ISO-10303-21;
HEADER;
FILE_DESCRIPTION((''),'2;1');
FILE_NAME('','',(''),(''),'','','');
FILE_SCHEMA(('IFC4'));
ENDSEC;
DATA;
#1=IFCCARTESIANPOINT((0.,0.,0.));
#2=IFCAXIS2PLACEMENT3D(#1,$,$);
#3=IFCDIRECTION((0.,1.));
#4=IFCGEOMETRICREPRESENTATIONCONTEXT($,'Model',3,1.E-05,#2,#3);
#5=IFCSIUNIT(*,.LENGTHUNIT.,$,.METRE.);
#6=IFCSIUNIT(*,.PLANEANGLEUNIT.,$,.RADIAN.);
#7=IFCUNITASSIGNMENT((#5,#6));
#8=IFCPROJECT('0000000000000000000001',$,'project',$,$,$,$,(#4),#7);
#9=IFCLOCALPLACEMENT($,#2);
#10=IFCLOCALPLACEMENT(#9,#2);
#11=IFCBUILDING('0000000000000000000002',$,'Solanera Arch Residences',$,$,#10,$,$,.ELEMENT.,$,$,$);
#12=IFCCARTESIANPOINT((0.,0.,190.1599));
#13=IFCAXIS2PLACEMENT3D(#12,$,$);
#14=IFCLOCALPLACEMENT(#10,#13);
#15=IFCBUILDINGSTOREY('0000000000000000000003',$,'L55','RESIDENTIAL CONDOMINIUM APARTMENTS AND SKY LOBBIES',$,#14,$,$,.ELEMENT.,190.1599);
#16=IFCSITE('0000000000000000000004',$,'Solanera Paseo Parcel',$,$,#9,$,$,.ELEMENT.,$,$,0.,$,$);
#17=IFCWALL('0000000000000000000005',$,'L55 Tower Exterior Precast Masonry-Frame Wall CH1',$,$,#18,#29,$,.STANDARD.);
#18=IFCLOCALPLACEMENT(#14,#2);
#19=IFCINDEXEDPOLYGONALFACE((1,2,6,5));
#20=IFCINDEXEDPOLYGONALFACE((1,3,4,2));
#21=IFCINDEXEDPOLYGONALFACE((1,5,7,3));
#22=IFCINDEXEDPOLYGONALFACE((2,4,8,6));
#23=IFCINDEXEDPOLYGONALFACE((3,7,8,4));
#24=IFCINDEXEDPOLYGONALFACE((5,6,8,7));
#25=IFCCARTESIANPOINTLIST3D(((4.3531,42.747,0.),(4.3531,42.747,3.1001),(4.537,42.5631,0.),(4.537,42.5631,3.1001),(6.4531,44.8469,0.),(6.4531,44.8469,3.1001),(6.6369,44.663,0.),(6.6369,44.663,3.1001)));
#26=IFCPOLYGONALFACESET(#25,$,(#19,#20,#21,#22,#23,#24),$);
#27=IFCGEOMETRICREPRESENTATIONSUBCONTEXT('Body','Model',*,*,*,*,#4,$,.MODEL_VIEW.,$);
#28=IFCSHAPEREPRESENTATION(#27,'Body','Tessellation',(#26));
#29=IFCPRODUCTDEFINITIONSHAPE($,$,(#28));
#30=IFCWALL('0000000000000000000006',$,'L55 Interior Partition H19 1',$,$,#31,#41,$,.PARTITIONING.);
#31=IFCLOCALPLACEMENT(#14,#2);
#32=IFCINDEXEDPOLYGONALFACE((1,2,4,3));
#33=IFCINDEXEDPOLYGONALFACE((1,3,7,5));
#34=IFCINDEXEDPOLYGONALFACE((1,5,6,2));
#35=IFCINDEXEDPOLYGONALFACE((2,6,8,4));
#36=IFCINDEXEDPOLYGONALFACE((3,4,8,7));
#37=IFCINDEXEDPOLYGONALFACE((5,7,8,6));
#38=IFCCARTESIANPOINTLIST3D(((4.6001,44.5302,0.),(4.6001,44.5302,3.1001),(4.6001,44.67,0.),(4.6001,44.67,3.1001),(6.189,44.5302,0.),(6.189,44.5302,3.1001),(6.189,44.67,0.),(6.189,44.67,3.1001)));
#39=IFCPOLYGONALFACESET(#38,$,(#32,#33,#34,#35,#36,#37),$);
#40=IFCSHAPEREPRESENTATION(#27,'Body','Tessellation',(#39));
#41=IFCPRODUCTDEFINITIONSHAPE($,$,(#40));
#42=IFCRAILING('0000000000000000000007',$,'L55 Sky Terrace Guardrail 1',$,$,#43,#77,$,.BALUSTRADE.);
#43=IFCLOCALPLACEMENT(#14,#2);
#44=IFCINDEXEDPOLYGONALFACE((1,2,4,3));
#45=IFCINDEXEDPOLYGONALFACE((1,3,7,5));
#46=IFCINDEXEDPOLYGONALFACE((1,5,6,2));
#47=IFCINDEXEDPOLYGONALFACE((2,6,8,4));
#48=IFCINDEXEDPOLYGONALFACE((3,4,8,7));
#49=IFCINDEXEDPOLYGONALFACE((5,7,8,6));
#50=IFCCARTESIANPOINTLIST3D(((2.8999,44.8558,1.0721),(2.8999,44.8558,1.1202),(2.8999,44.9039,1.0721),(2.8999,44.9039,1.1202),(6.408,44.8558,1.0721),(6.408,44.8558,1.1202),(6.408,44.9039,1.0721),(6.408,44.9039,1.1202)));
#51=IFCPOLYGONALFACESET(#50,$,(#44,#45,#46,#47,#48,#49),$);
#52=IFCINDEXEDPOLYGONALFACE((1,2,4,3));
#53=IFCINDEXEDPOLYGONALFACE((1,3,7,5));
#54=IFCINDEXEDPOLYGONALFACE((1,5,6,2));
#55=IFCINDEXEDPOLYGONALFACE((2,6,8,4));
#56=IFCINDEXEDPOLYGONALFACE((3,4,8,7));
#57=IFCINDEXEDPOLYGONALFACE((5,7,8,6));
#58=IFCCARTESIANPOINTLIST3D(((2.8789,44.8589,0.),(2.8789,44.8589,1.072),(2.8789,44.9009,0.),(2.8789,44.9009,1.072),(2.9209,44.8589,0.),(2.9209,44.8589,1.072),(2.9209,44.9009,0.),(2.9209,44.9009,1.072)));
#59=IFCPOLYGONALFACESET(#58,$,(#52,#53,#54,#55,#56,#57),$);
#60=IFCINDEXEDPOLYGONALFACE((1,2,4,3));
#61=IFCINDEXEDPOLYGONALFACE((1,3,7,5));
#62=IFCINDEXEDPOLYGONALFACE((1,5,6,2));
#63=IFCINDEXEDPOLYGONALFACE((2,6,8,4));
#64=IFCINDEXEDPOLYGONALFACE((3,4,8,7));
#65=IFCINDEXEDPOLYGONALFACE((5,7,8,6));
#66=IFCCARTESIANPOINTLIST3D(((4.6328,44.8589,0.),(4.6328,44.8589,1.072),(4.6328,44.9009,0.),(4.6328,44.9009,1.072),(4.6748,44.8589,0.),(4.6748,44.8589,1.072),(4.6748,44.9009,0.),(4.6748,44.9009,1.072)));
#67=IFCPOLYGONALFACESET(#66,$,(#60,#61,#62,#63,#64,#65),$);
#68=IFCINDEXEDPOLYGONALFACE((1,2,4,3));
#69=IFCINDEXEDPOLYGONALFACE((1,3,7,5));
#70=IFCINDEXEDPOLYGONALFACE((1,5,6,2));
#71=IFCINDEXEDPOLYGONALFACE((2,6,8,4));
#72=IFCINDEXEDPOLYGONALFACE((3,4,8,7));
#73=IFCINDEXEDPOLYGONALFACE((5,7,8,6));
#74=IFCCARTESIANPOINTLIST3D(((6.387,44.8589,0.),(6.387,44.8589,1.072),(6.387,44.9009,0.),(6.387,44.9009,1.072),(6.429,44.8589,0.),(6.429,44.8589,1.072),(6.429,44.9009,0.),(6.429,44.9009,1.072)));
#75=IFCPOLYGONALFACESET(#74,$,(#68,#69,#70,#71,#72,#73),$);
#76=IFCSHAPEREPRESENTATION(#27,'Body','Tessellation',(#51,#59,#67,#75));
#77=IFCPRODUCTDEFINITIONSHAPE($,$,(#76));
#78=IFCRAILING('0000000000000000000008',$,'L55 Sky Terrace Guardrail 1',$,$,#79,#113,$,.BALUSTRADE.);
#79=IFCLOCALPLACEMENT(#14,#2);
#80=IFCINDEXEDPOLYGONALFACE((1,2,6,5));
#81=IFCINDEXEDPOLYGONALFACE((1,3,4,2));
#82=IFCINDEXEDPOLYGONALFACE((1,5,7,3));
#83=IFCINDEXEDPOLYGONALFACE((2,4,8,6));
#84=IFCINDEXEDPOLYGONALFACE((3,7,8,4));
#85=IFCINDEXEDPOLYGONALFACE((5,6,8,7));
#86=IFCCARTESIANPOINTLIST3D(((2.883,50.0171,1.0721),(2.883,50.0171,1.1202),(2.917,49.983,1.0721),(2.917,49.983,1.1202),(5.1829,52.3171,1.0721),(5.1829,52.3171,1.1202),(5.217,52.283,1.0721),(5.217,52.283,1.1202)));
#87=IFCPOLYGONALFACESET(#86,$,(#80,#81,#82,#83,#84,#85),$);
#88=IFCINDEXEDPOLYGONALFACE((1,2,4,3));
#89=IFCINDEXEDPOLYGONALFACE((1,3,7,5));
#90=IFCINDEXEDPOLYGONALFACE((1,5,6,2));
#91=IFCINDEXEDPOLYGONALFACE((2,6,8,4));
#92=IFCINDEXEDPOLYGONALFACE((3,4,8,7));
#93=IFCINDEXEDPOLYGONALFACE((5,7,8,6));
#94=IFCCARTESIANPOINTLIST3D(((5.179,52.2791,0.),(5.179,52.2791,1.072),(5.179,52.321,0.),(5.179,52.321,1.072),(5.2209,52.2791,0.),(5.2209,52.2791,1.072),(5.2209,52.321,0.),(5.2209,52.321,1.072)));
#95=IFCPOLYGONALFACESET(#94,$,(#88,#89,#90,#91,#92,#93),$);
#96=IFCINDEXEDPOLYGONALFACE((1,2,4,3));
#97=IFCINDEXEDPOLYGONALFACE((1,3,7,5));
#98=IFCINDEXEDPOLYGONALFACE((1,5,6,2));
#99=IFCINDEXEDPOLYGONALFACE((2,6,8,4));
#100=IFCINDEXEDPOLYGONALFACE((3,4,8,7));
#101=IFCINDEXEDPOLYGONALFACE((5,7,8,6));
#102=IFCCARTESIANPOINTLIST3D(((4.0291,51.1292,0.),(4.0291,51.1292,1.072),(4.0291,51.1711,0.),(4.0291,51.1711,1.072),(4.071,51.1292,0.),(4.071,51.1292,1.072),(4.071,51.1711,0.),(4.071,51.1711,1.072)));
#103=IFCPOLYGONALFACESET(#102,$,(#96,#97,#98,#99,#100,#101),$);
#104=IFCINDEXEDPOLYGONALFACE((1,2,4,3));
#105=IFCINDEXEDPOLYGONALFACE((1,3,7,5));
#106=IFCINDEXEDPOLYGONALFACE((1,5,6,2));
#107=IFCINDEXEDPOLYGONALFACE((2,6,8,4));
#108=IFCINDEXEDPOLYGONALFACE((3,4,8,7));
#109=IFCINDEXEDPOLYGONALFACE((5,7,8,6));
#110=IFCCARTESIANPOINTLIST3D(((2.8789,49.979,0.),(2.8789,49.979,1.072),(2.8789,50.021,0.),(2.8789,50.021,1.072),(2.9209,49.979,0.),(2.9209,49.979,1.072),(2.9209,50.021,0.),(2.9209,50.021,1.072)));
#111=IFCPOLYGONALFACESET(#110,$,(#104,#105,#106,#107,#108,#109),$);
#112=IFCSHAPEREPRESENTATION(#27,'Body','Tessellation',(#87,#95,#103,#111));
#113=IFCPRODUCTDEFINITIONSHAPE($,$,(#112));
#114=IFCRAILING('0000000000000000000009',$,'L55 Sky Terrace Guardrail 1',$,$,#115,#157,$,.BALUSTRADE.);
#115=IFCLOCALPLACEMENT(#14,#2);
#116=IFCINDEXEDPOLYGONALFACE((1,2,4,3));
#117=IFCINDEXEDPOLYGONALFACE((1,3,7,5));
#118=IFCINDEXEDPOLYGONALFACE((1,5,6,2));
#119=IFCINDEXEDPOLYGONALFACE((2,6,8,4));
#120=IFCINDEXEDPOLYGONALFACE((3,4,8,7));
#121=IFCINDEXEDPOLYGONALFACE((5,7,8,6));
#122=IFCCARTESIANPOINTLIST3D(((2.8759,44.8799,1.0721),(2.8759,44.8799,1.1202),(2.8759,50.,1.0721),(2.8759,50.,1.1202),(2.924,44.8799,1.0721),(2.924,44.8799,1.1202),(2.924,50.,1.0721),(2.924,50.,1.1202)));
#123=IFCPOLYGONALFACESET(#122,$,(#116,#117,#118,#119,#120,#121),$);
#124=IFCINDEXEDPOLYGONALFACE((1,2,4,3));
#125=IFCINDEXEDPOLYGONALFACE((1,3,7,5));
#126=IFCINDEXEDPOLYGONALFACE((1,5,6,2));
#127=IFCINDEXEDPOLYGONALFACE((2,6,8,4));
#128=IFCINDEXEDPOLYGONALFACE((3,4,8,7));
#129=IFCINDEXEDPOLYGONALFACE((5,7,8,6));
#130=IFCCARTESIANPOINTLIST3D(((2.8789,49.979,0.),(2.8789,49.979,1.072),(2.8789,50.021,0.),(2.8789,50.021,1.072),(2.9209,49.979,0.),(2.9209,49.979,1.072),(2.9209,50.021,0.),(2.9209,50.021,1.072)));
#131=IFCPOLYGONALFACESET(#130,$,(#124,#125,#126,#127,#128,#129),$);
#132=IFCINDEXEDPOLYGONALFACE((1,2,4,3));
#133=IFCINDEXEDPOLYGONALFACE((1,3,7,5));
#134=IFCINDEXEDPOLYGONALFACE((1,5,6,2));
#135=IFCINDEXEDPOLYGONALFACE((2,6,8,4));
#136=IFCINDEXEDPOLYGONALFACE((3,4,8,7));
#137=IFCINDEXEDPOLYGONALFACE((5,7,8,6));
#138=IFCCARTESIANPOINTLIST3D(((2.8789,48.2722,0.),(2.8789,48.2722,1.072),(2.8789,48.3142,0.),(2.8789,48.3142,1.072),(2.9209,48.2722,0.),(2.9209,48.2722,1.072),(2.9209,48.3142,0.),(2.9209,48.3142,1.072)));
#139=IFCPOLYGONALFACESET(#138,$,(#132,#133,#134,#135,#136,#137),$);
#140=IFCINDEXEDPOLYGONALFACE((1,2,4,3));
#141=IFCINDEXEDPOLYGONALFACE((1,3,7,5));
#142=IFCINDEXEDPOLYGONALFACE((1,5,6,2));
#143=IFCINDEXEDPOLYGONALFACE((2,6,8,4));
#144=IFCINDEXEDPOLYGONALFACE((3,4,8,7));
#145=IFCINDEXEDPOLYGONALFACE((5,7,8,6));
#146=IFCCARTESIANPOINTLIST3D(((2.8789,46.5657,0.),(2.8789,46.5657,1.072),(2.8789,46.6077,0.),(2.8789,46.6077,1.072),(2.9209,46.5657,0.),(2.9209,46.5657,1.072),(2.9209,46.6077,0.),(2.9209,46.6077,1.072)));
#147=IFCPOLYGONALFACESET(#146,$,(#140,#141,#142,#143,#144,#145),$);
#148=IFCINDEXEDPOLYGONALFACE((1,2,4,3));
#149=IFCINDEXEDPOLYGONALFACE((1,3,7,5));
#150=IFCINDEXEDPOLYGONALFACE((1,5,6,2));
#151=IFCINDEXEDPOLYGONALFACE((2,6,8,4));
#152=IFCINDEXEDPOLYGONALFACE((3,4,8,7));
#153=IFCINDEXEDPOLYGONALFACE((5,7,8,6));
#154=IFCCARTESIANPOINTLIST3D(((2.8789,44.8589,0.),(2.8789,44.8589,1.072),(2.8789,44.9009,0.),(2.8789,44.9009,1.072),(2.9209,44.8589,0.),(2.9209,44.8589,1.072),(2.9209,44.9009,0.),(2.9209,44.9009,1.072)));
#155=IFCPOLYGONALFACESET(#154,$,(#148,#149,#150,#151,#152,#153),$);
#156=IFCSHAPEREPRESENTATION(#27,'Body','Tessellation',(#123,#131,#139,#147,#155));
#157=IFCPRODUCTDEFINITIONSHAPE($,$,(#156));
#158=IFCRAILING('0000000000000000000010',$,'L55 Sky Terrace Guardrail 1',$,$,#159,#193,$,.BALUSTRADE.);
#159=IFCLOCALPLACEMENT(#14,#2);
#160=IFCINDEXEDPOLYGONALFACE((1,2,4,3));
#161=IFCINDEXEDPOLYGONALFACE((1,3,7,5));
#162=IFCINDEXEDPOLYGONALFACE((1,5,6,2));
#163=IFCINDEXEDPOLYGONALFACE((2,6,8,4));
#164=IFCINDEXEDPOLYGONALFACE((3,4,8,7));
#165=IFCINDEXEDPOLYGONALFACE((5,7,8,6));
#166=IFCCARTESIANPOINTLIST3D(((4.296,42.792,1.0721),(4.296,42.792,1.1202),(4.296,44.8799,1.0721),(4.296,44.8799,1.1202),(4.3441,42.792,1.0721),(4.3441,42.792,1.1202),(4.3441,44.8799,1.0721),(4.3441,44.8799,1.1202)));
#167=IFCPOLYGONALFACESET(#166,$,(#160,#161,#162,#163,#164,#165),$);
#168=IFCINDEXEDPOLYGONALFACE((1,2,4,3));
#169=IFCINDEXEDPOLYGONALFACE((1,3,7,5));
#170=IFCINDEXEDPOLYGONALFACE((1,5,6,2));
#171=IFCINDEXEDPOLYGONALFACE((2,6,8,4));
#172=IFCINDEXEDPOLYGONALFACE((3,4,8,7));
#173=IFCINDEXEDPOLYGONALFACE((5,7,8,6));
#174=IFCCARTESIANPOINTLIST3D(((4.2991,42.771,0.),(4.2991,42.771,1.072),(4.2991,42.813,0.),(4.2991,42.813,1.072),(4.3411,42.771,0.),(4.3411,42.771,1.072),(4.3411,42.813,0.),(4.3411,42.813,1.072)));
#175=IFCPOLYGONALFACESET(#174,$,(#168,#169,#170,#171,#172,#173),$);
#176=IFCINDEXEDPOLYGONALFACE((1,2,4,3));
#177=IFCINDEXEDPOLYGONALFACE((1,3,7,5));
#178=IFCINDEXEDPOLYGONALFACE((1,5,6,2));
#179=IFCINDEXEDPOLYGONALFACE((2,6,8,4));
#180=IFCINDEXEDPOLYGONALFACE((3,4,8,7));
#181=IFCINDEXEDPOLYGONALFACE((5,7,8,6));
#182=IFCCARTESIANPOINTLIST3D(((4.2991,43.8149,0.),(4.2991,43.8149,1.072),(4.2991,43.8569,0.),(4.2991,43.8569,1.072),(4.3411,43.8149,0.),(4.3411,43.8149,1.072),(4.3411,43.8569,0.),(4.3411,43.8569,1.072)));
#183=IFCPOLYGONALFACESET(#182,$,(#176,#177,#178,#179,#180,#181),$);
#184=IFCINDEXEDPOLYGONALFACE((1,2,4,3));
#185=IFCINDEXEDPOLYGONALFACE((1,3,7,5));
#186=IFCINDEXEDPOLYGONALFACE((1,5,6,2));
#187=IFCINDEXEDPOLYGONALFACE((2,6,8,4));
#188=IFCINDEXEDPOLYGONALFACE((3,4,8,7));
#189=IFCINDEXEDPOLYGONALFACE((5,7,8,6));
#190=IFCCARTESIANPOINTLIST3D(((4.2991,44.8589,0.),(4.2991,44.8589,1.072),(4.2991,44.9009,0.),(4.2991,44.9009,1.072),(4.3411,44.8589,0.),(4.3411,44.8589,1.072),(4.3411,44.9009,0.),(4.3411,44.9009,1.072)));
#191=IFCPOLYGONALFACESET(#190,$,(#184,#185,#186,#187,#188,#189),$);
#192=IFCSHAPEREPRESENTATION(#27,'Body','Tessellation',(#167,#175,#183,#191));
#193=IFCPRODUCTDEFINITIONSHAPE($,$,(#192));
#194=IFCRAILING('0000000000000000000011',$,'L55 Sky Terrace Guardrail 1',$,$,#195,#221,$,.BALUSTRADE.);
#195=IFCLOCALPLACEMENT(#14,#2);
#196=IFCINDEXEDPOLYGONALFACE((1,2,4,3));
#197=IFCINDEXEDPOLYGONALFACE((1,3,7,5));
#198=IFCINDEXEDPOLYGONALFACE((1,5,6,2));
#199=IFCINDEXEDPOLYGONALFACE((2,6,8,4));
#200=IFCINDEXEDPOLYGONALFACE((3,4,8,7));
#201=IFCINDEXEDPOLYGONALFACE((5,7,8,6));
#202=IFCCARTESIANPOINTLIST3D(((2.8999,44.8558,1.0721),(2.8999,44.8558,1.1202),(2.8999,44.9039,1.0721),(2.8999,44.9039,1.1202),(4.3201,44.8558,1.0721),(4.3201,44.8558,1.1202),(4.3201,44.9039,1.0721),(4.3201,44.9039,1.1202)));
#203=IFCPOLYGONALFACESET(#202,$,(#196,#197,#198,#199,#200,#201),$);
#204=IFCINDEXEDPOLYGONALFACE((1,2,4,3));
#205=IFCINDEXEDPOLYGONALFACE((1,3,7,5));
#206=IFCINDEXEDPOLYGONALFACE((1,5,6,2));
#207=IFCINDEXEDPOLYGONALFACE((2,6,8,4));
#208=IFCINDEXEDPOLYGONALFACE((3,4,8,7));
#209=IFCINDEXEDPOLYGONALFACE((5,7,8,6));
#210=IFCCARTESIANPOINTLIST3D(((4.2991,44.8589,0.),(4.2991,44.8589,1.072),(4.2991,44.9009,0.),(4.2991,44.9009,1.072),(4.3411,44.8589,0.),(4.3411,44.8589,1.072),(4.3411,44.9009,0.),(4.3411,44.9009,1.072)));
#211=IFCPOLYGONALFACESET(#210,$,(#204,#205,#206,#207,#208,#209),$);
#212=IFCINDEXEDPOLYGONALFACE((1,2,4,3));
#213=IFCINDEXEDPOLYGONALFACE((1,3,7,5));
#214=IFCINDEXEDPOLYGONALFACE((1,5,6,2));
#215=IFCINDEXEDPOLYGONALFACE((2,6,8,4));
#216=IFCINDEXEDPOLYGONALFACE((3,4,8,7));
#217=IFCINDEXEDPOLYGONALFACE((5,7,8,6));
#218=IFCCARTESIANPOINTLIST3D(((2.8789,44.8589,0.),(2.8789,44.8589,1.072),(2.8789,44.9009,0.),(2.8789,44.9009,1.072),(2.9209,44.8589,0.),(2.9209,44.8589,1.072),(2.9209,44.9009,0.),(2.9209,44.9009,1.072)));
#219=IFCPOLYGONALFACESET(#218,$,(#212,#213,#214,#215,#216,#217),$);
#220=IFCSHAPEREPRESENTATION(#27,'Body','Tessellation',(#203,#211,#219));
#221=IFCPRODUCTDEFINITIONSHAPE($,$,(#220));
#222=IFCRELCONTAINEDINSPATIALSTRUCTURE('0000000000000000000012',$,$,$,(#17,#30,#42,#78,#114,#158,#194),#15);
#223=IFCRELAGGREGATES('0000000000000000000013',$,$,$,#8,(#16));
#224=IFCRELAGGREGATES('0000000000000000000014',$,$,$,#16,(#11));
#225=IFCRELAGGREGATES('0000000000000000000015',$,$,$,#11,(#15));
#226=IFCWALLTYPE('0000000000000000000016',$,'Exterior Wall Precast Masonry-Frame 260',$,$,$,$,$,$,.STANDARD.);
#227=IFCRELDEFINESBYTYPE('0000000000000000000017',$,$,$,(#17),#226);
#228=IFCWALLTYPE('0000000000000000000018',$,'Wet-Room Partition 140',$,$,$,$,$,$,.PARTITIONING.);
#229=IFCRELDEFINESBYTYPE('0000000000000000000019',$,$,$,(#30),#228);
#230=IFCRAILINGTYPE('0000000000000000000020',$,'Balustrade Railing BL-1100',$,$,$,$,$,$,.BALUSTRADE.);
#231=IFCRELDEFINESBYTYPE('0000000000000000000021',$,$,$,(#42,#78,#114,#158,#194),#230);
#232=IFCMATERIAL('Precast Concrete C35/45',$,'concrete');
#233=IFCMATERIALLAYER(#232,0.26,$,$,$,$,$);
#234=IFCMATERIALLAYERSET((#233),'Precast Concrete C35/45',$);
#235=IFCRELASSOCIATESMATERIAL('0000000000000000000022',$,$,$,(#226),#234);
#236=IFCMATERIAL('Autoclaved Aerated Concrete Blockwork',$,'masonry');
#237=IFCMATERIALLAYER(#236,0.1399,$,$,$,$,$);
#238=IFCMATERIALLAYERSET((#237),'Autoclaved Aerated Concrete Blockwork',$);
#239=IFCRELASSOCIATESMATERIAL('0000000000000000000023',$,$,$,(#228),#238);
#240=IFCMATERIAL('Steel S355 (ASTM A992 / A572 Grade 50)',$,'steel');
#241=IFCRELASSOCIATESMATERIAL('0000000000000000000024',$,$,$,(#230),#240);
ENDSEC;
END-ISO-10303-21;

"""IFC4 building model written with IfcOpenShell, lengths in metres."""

from ifc_helpers import new_model, si_unit, direction, frame, frame_2d, origin, origin_2d, place, context, subcontext, project, spatial, rectangle, extrude, material, layer, layer_set, type_object, element, save


model = new_model("IFC4")

# Units and contexts
model_context = context("Model", 3, precision=1e-05, world=origin(), true_north=direction((0.0, 1.0)))
body_context = subcontext(model_context, "Body", "Model", "MODEL_VIEW")
ifc_project = project(units=[si_unit("LENGTHUNIT", "METRE"), si_unit("PLANEANGLEUNIT", "RADIAN")], contexts=[model_context])

# Site, building, storey
site_placement = place(None, origin())
site = spatial("IfcSite", under=ifc_project, at=site_placement, Name="Solanera Paseo Parcel", CompositionType="ELEMENT", RefElevation=0.0)
building_placement = place(site_placement, origin())
building = spatial("IfcBuilding", under=site, at=building_placement, Name="Solanera Arch Residences", CompositionType="ELEMENT")
storey_placement = place(building_placement, frame((0.0, 0.0, 190.1599)))
storey = spatial("IfcBuildingStorey", under=building, at=storey_placement, Name="L55", Description="RESIDENTIAL CONDOMINIUM APARTMENTS AND SKY LOBBIES", CompositionType="ELEMENT", Elevation=190.1599)

# Walls
ifc_material_1 = material(Name="Precast Concrete C35/45", Category="concrete")
ifc_layer_1 = layer(ifc_material_1, 0.26)
ifc_layer_set_1 = layer_set([ifc_layer_1], Name="Precast Concrete C35/45")
wall_type_1 = type_object("IfcWallType", Name="Exterior Wall Precast Masonry-Frame 260", PredefinedType="STANDARD", material=ifc_layer_set_1)
wall_1_placement = place(storey_placement, frame((4.4451, 42.655, 0.0), z_axis=(0.0, 0.0, 1.0), x_axis=(0.707107, 0.707107, 0.0)))
element("IfcWall", 1, at=wall_1_placement, inside=storey, type_object=wall_type_1, Name="L55 Tower Exterior Precast Masonry-Frame Wall CH1", PredefinedType="STANDARD", context=body_context, shape_type="SweptSolid", body=[
    extrude(rectangle(XDim=2.9697, YDim=0.26, at=frame_2d((1.4849, 0.0))), origin(), (0.0, 0.0, 1.0), 3.1001),
])
ifc_material_2 = material(Name="Autoclaved Aerated Concrete Blockwork", Category="masonry")
ifc_layer_2 = layer(ifc_material_2, 0.1399)
ifc_layer_set_2 = layer_set([ifc_layer_2], Name="Autoclaved Aerated Concrete Blockwork")
wall_type_2 = type_object("IfcWallType", Name="Wet-Room Partition 140", PredefinedType="PARTITIONING", material=ifc_layer_set_2)
wall_2_placement = place(storey_placement, frame((4.6001, 44.6001, 0.0), z_axis=(0.0, 0.0, 1.0), x_axis=(1.0, 0.0, 0.0)))
element("IfcWall", 2, at=wall_2_placement, inside=storey, type_object=wall_type_2, Name="L55 Interior Partition H19 1", PredefinedType="PARTITIONING", context=body_context, shape_type="SweptSolid", body=[
    extrude(rectangle(XDim=1.5889, YDim=0.1399, at=frame_2d((0.7944, 0.0))), origin(), (0.0, 0.0, 1.0), 3.1001),
])

# Railings
ifc_material_3 = material(Name="Steel S355 (ASTM A992 / A572 Grade 50)", Category="steel")
railing_type = type_object("IfcRailingType", Name="Balustrade Railing BL-1100", PredefinedType="BALUSTRADE", material=ifc_material_3)
railing_1_placement = place(storey_placement, frame((2.8999, 44.8799, 0.0)))
element("IfcRailing", 3, at=railing_1_placement, inside=storey, type_object=railing_type, Name="L55 Sky Terrace Guardrail 1", PredefinedType="BALUSTRADE", context=body_context, shape_type="SweptSolid", body=[
    extrude(rectangle(XDim=0.0481, YDim=0.0481, at=origin_2d()), frame((0.0, 0.0, 1.0962), z_axis=(1.0, 0.0, 0.0), x_axis=(0.0, 1.0, 0.0)), (0.0, 0.0, 1.0), 3.5081),
    extrude(rectangle(XDim=0.042, YDim=0.042, at=origin_2d()), origin(), (0.0, 0.0, 1.0), 1.072),
    extrude(rectangle(XDim=0.042, YDim=0.042, at=origin_2d()), frame((1.7539, 0.0, 0.0)), (0.0, 0.0, 1.0), 1.072),
    extrude(rectangle(XDim=0.042, YDim=0.042, at=origin_2d()), frame((3.5081, 0.0, 0.0)), (0.0, 0.0, 1.0), 1.072),
])
railing_2_placement = place(storey_placement, frame((5.2, 52.3, 0.0)))
element("IfcRailing", 4, at=railing_2_placement, inside=storey, type_object=railing_type, Name="L55 Sky Terrace Guardrail 1", PredefinedType="BALUSTRADE", context=body_context, shape_type="SweptSolid", body=[
    extrude(rectangle(XDim=0.0481, YDim=0.0481, at=origin_2d()), frame((0.0, 0.0, 1.0962), z_axis=(-0.707107, -0.707107, 0.0), x_axis=(0.707107, -0.707107, 0.0)), (0.0, 0.0, 1.0), 3.2527),
    extrude(rectangle(XDim=0.042, YDim=0.042, at=origin_2d()), origin(), (0.0, 0.0, 1.0), 1.072),
    extrude(rectangle(XDim=0.042, YDim=0.042, at=origin_2d()), frame((-1.1499, -1.1499, 0.0)), (0.0, 0.0, 1.0), 1.072),
    extrude(rectangle(XDim=0.042, YDim=0.042, at=origin_2d()), frame((-2.3, -2.3, 0.0)), (0.0, 0.0, 1.0), 1.072),
])
railing_3_placement = place(storey_placement, frame((2.8999, 50.0, 0.0)))
element("IfcRailing", 5, at=railing_3_placement, inside=storey, type_object=railing_type, Name="L55 Sky Terrace Guardrail 1", PredefinedType="BALUSTRADE", context=body_context, shape_type="SweptSolid", body=[
    extrude(rectangle(XDim=0.0481, YDim=0.0481, at=origin_2d()), frame((0.0, 0.0, 1.0962), z_axis=(0.0, -1.0, 0.0), x_axis=(1.0, 0.0, 0.0)), (0.0, 0.0, 1.0), 5.1201),
    extrude(rectangle(XDim=0.042, YDim=0.042, at=origin_2d()), origin(), (0.0, 0.0, 1.0), 1.072),
    extrude(rectangle(XDim=0.042, YDim=0.042, at=origin_2d()), frame((0.0, -1.7068, 0.0)), (0.0, 0.0, 1.0), 1.072),
    extrude(rectangle(XDim=0.042, YDim=0.042, at=origin_2d()), frame((0.0, -3.4133, 0.0)), (0.0, 0.0, 1.0), 1.072),
    extrude(rectangle(XDim=0.042, YDim=0.042, at=origin_2d()), frame((0.0, -5.1201, 0.0)), (0.0, 0.0, 1.0), 1.072),
])
railing_4_placement = place(storey_placement, frame((4.3201, 42.792, 0.0)))
element("IfcRailing", 6, at=railing_4_placement, inside=storey, type_object=railing_type, Name="L55 Sky Terrace Guardrail 1", PredefinedType="BALUSTRADE", context=body_context, shape_type="SweptSolid", body=[
    extrude(rectangle(XDim=0.0481, YDim=0.0481, at=origin_2d()), frame((0.0, 0.0, 1.0962), z_axis=(0.0, 1.0, 0.0), x_axis=(-1.0, 0.0, 0.0)), (0.0, 0.0, 1.0), 2.0879),
    extrude(rectangle(XDim=0.042, YDim=0.042, at=origin_2d()), origin(), (0.0, 0.0, 1.0), 1.072),
    extrude(rectangle(XDim=0.042, YDim=0.042, at=origin_2d()), frame((0.0, 1.0439, 0.0)), (0.0, 0.0, 1.0), 1.072),
    extrude(rectangle(XDim=0.042, YDim=0.042, at=origin_2d()), frame((0.0, 2.0879, 0.0)), (0.0, 0.0, 1.0), 1.072),
])
railing_5_placement = place(storey_placement, frame((4.3201, 44.8799, 0.0)))
element("IfcRailing", 7, at=railing_5_placement, inside=storey, type_object=railing_type, Name="L55 Sky Terrace Guardrail 1", PredefinedType="BALUSTRADE", context=body_context, shape_type="SweptSolid", body=[
    extrude(rectangle(XDim=0.0481, YDim=0.0481, at=origin_2d()), frame((0.0, 0.0, 1.0962), z_axis=(-1.0, 0.0, 0.0), x_axis=(0.0, -1.0, 0.0)), (0.0, 0.0, 1.0), 1.4202),
    extrude(rectangle(XDim=0.042, YDim=0.042, at=origin_2d()), origin(), (0.0, 0.0, 1.0), 1.072),
    extrude(rectangle(XDim=0.042, YDim=0.042, at=origin_2d()), frame((-1.4202, 0.0, 0.0)), (0.0, 0.0, 1.0), 1.072),
])

save(model, "model.ifc")
